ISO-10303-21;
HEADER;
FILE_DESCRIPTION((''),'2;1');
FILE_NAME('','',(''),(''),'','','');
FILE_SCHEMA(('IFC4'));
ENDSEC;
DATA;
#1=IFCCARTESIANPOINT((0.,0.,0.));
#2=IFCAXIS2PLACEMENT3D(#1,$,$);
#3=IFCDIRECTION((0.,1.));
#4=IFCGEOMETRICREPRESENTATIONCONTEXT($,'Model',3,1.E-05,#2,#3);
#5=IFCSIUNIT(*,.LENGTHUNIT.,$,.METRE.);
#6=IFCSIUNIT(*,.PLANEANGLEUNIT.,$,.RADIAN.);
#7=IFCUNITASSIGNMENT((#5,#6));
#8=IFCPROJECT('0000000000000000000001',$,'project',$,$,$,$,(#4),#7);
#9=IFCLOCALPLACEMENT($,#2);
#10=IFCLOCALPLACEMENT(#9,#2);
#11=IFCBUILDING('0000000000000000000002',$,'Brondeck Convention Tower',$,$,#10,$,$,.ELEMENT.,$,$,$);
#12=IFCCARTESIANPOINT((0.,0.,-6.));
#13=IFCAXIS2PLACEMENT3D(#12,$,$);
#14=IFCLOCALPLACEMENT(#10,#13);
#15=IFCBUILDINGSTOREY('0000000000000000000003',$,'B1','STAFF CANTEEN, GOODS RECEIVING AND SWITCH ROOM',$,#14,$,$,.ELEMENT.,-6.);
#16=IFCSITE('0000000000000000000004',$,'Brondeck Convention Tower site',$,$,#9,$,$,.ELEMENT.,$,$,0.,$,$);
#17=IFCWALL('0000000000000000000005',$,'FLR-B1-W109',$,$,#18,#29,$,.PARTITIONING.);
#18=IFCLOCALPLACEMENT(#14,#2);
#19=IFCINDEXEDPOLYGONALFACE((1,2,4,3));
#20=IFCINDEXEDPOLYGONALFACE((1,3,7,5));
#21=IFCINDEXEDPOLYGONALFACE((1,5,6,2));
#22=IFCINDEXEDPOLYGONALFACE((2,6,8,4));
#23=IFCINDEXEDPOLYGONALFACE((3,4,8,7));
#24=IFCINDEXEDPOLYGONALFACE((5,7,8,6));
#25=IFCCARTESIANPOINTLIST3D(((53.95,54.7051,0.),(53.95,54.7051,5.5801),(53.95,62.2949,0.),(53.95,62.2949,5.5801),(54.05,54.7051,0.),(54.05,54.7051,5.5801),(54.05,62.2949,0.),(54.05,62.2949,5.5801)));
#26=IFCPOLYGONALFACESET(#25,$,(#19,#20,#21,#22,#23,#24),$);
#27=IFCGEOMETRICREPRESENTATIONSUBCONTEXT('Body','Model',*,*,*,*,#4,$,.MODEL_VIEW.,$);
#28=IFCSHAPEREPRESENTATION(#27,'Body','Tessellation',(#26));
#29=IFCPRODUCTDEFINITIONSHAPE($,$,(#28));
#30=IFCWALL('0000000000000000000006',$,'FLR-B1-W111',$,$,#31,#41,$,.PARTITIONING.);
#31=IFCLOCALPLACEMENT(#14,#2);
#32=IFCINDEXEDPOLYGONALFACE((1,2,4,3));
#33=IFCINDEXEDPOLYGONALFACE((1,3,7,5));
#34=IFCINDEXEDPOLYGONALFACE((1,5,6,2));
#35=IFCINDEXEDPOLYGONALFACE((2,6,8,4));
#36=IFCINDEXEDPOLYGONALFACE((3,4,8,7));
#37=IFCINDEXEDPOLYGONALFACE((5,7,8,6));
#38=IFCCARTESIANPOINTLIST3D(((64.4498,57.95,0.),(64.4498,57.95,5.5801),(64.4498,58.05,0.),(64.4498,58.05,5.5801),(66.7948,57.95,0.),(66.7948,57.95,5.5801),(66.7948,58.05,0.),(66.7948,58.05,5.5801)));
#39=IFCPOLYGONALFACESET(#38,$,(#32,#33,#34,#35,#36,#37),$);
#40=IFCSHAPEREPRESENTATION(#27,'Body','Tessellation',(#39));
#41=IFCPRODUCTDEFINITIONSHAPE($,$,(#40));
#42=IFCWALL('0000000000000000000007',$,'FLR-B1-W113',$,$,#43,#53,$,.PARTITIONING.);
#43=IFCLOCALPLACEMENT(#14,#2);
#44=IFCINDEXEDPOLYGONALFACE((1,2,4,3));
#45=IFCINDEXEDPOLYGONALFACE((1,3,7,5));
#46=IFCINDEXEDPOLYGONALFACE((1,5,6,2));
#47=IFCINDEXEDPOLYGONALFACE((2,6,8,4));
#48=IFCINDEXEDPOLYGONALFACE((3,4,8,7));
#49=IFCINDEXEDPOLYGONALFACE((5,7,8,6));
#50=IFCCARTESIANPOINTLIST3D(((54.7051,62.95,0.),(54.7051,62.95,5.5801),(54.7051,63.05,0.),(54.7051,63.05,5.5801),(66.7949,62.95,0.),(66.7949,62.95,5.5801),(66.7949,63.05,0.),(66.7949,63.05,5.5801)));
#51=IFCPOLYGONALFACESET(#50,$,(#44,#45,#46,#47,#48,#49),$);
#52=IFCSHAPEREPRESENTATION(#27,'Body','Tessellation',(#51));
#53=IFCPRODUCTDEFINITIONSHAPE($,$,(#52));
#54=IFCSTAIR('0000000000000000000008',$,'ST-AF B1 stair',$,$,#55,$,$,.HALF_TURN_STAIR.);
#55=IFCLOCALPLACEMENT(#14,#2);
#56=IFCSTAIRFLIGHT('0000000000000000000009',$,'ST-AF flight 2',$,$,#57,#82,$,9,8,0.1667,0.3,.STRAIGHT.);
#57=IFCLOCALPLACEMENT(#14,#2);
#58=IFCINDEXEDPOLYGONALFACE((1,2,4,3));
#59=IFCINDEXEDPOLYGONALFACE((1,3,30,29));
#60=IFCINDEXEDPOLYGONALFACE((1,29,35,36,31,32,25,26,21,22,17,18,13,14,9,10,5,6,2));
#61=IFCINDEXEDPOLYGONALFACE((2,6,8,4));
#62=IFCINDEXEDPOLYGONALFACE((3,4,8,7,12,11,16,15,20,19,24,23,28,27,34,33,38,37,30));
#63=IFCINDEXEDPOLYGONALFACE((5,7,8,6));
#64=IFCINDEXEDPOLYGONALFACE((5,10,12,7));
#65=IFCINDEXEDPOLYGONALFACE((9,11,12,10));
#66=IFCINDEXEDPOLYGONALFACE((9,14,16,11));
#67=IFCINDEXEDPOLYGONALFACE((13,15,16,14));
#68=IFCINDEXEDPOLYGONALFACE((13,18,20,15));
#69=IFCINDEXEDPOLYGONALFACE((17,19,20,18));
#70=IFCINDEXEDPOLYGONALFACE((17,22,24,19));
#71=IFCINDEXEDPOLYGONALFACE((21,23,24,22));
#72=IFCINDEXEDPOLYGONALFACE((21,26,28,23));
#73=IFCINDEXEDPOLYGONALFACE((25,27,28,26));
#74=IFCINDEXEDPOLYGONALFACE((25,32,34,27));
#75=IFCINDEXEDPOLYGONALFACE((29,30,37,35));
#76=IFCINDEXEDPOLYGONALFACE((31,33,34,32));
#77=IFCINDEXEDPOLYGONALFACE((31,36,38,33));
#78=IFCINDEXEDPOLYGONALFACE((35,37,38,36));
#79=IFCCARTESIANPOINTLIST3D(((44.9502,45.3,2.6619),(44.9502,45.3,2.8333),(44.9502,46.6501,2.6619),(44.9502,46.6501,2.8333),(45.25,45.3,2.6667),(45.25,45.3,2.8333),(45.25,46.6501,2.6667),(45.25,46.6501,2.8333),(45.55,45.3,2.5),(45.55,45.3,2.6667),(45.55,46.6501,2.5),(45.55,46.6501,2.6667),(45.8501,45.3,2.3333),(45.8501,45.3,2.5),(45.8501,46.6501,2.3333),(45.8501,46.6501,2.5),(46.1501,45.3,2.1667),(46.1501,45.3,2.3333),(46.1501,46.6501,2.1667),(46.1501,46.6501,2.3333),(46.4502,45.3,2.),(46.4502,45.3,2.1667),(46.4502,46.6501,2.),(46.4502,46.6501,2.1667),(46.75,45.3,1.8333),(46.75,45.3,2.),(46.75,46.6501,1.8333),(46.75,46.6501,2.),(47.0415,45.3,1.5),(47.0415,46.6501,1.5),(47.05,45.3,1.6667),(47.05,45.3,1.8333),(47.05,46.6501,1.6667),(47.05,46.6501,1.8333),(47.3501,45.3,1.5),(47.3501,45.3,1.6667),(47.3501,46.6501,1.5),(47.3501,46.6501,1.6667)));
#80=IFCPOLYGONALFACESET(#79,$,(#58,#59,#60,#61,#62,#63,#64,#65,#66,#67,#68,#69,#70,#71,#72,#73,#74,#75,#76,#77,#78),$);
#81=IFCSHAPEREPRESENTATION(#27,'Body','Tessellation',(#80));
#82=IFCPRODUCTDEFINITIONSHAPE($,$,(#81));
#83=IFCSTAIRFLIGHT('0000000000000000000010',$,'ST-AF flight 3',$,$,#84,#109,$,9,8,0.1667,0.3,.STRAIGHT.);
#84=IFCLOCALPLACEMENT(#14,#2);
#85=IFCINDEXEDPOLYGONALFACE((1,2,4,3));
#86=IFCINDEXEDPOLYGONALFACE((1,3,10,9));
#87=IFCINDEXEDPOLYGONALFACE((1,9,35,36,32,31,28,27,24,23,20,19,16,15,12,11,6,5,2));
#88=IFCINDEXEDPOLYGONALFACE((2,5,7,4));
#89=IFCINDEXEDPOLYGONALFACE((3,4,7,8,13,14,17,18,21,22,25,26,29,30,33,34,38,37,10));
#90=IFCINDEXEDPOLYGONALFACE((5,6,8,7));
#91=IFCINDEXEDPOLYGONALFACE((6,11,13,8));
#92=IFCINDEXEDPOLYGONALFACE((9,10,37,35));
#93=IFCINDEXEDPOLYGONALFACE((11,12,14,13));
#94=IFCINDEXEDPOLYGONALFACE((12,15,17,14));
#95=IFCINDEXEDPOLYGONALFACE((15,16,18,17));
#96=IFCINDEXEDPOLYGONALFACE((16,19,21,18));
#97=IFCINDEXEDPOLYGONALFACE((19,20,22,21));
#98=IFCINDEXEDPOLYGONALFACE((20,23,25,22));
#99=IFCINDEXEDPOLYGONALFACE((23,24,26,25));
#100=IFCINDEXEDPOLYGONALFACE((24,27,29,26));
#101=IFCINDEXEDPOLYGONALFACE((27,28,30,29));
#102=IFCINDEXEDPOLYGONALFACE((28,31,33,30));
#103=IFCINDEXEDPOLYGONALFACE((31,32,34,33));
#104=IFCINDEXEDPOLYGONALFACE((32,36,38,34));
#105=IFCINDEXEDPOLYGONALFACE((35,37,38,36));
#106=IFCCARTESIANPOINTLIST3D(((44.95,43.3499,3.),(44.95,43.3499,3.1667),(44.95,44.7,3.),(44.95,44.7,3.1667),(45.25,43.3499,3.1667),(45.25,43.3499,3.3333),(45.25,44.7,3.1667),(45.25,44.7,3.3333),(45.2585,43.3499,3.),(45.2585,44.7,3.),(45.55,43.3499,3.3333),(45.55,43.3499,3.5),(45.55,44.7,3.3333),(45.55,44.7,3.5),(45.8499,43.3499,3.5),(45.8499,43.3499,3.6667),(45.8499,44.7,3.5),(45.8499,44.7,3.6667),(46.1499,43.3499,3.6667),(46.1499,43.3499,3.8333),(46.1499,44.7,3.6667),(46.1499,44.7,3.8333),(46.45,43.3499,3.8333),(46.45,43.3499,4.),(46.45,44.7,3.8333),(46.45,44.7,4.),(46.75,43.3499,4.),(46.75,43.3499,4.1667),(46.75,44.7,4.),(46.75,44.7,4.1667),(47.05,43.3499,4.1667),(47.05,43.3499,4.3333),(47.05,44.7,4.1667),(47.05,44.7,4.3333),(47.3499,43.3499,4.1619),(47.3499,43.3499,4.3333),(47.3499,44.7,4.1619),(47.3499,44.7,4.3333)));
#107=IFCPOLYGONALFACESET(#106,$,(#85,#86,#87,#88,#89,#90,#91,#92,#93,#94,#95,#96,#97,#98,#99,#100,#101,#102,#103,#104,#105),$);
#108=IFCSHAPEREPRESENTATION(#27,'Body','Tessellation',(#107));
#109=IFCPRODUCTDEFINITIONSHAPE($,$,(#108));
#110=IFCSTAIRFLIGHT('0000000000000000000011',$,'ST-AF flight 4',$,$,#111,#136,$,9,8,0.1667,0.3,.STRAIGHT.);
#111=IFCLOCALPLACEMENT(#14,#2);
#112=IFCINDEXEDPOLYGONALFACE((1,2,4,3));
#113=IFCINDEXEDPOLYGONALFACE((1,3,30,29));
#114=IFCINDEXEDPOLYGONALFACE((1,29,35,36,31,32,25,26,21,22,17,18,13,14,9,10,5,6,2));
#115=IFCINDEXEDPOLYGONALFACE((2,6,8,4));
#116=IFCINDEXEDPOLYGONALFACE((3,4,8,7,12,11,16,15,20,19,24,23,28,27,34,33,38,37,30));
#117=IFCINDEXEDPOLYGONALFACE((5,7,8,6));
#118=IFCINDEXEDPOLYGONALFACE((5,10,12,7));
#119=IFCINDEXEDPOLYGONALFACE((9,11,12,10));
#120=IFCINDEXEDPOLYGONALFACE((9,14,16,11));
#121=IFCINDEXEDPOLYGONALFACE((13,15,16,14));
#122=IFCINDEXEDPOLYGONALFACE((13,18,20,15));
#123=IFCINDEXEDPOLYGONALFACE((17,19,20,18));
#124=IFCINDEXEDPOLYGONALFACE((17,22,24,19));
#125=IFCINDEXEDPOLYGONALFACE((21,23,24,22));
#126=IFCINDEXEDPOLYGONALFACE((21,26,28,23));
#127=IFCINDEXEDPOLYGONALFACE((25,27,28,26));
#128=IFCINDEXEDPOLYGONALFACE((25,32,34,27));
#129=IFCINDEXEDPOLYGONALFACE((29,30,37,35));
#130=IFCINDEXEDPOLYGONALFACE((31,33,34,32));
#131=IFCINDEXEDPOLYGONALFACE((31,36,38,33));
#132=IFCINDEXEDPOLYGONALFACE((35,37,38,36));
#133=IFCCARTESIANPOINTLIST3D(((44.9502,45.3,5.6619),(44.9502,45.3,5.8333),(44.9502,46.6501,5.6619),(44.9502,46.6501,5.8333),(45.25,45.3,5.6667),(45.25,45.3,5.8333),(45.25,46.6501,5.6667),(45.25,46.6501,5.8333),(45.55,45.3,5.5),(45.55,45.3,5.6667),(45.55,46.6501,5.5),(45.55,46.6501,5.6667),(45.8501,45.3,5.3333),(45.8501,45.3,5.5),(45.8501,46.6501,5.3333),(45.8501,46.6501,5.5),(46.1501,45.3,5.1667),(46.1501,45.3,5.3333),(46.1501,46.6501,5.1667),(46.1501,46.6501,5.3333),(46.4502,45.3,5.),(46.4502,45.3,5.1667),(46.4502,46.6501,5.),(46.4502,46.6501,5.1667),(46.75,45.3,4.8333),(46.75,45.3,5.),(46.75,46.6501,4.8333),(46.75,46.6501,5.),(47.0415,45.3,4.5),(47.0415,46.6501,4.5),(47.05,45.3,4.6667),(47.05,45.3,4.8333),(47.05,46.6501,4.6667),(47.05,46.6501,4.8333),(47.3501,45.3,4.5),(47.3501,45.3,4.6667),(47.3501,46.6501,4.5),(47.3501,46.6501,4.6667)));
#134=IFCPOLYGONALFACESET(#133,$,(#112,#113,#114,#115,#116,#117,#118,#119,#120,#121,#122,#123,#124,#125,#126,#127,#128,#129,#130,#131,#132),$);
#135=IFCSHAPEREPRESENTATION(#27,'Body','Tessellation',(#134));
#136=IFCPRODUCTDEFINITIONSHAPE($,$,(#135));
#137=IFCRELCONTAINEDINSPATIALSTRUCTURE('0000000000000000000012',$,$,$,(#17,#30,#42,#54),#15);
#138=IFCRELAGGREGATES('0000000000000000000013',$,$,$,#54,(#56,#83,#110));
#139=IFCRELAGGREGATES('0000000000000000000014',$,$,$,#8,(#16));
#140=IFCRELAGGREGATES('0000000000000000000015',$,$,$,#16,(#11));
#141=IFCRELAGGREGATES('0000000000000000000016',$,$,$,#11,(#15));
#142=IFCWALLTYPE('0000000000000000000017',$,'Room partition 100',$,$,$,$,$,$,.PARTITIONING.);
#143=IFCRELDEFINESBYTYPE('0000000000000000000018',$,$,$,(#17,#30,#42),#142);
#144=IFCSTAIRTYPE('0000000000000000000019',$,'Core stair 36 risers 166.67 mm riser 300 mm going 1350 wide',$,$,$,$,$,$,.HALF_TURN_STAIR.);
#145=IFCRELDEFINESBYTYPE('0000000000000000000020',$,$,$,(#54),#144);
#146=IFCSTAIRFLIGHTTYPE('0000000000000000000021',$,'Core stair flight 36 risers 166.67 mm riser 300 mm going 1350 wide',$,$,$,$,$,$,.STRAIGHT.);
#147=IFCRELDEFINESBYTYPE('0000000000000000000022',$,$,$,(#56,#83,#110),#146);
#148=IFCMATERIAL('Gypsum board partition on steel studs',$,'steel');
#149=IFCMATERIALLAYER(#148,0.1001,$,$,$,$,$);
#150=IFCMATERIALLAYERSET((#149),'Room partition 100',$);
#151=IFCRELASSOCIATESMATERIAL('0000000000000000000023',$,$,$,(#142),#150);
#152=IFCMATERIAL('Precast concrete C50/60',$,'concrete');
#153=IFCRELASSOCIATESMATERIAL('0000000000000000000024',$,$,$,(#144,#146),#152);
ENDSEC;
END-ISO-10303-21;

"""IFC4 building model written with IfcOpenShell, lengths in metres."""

from ifc_helpers import new_model, si_unit, direction, frame, frame_2d, origin, place, context, subcontext, project, spatial, polyline, rectangle, outline, extrude, material, layer, layer_set, type_object, element, aggregate, save


model = new_model("IFC4")

# Units and contexts
model_context = context("Model", 3, precision=1e-05, world=origin(), true_north=direction((0.0, 1.0)))
body_context = subcontext(model_context, "Body", "Model", "MODEL_VIEW")
ifc_project = project(units=[si_unit("LENGTHUNIT", "METRE"), si_unit("PLANEANGLEUNIT", "RADIAN")], contexts=[model_context])

# Site, building, storey
site_placement = place(None, origin())
site = spatial("IfcSite", under=ifc_project, at=site_placement, Name="Brondeck Convention Tower site", CompositionType="ELEMENT", RefElevation=0.0)
building_placement = place(site_placement, origin())
building = spatial("IfcBuilding", under=site, at=building_placement, Name="Brondeck Convention Tower", CompositionType="ELEMENT")
storey_placement = place(building_placement, frame((0.0, 0.0, -6.0)))
storey = spatial("IfcBuildingStorey", under=building, at=storey_placement, Name="B1", Description="STAFF CANTEEN, GOODS RECEIVING AND SWITCH ROOM", CompositionType="ELEMENT", Elevation=-6.0)

# Walls
ifc_material_1 = material(Name="Gypsum board partition on steel studs", Category="steel")
ifc_layer_1 = layer(ifc_material_1, 0.1001)
ifc_layer_set_1 = layer_set([ifc_layer_1], Name="Room partition 100")
wall_type_1 = type_object("IfcWallType", Name="Room partition 100", PredefinedType="PARTITIONING", material=ifc_layer_set_1)
wall_1_placement = place(storey_placement, frame((54.0, 54.7051, 0.0), z_axis=(0.0, 0.0, 1.0), x_axis=(0.0, 1.0, 0.0)))
element("IfcWall", 1, at=wall_1_placement, inside=storey, type_object=wall_type_1, Name="FLR-B1-W109", PredefinedType="PARTITIONING", context=body_context, shape_type="SweptSolid", body=[
    extrude(rectangle(XDim=7.5898, YDim=0.1001, at=frame_2d((3.7949, 0.0))), origin(), (0.0, 0.0, 1.0), 5.5801),
])
wall_2_placement = place(storey_placement, frame((64.45, 58.0, 0.0), z_axis=(0.0, 0.0, 1.0), x_axis=(1.0, 0.0, 0.0)))
element("IfcWall", 2, at=wall_2_placement, inside=storey, type_object=wall_type_1, Name="FLR-B1-W111", PredefinedType="PARTITIONING", context=body_context, shape_type="SweptSolid", body=[
    extrude(rectangle(XDim=2.345, YDim=0.1001, at=frame_2d((1.1724, 0.0))), origin(), (0.0, 0.0, 1.0), 5.5801),
])
wall_3_placement = place(storey_placement, frame((54.7051, 63.0, 0.0), z_axis=(0.0, 0.0, 1.0), x_axis=(1.0, 0.0, 0.0)))
element("IfcWall", 3, at=wall_3_placement, inside=storey, type_object=wall_type_1, Name="FLR-B1-W113", PredefinedType="PARTITIONING", context=body_context, shape_type="SweptSolid", body=[
    extrude(rectangle(XDim=12.0898, YDim=0.1001, at=frame_2d((6.0449, 0.0))), origin(), (0.0, 0.0, 1.0), 5.5801),
])

# Stair, stair flights
ifc_material_2 = material(Name="Precast concrete C50/60", Category="concrete")
stair_type = type_object("IfcStairType", Name="Core stair 36 risers 166.67 mm riser 300 mm going 1350 wide", PredefinedType="HALF_TURN_STAIR", material=ifc_material_2)
stair_placement = place(storey_placement, origin())
stair = element("IfcStair", 4, at=stair_placement, inside=storey, type_object=stair_type, Name="ST-AF B1 stair", PredefinedType="HALF_TURN_STAIR")
stair_flight_type = type_object("IfcStairFlightType", Name="Core stair flight 36 risers 166.67 mm riser 300 mm going 1350 wide", PredefinedType="STRAIGHT", material=ifc_material_2)
stair_flight_1_placement = place(storey_placement, frame((47.3501, 45.9751, 1.5), z_axis=(0.0, 0.0, 1.0), x_axis=(-1.0, 0.0, 0.0)))
stair_flight_1 = element("IfcStairFlight", 5, at=stair_flight_1_placement, type_object=stair_flight_type, Name="ST-AF flight 2", NumberOfRisers=9, NumberOfTreads=8, PredefinedType="STRAIGHT", RiserHeight=0.1667, TreadLength=0.3, context=body_context, shape_type="SweptSolid", body=[
    extrude(outline(polyline([(0.0, 0.0), (0.0, 0.1667), (0.3, 0.1667), (0.3, 0.3333), (0.6001, 0.3333), (0.6001, 0.5), (0.8999, 0.5), (0.8999, 0.6667), (1.2, 0.6667), (1.2, 0.8333), (1.5, 0.8333), (1.5, 1.0), (1.8, 1.0), (1.8, 1.1667), (2.1001, 1.1667), (2.1001, 1.3333), (2.3999, 1.3333), (2.3999, 1.5), (2.3999, 1.1619), (0.3086, 0.0), (0.0, 0.0)])), frame((0.0, 0.675, 0.0), z_axis=(0.0, -1.0, 0.0), x_axis=(1.0, 0.0, 0.0)), (0.0, 0.0, 1.0), 1.3501),
])
stair_flight_2_placement = place(storey_placement, frame((44.95, 44.0249, 3.0), z_axis=(0.0, 0.0, 1.0), x_axis=(1.0, 0.0, 0.0)))
stair_flight_2 = element("IfcStairFlight", 6, at=stair_flight_2_placement, type_object=stair_flight_type, Name="ST-AF flight 3", NumberOfRisers=9, NumberOfTreads=8, PredefinedType="STRAIGHT", RiserHeight=0.1667, TreadLength=0.3, context=body_context, shape_type="SweptSolid", body=[
    extrude(outline(polyline([(0.0, 0.0), (0.0, 0.1667), (0.3, 0.1667), (0.3, 0.3333), (0.6001, 0.3333), (0.6001, 0.5), (0.8999, 0.5), (0.8999, 0.6667), (1.2, 0.6667), (1.2, 0.8333), (1.5, 0.8333), (1.5, 1.0), (1.8, 1.0), (1.8, 1.1667), (2.1001, 1.1667), (2.1001, 1.3333), (2.3999, 1.3333), (2.3999, 1.5), (2.3999, 1.1619), (0.3086, 0.0), (0.0, 0.0)])), frame((0.0, 0.675, 0.0), z_axis=(0.0, -1.0, 0.0), x_axis=(1.0, 0.0, 0.0)), (0.0, 0.0, 1.0), 1.3501),
])
stair_flight_3_placement = place(storey_placement, frame((47.3501, 45.9751, 4.5), z_axis=(0.0, 0.0, 1.0), x_axis=(-1.0, 0.0, 0.0)))
stair_flight_3 = element("IfcStairFlight", 7, at=stair_flight_3_placement, type_object=stair_flight_type, Name="ST-AF flight 4", NumberOfRisers=9, NumberOfTreads=8, PredefinedType="STRAIGHT", RiserHeight=0.1667, TreadLength=0.3, context=body_context, shape_type="SweptSolid", body=[
    extrude(outline(polyline([(0.0, 0.0), (0.0, 0.1667), (0.3, 0.1667), (0.3, 0.3333), (0.6001, 0.3333), (0.6001, 0.5), (0.8999, 0.5), (0.8999, 0.6667), (1.2, 0.6667), (1.2, 0.8333), (1.5, 0.8333), (1.5, 1.0), (1.8, 1.0), (1.8, 1.1667), (2.1001, 1.1667), (2.1001, 1.3333), (2.3999, 1.3333), (2.3999, 1.5), (2.3999, 1.1619), (0.3086, 0.0), (0.0, 0.0)])), frame((0.0, 0.675, 0.0), z_axis=(0.0, -1.0, 0.0), x_axis=(1.0, 0.0, 0.0)), (0.0, 0.0, 1.0), 1.3501),
])
aggregate(stair, [stair_flight_1, stair_flight_2, stair_flight_3])

save(model, "model.ifc")
